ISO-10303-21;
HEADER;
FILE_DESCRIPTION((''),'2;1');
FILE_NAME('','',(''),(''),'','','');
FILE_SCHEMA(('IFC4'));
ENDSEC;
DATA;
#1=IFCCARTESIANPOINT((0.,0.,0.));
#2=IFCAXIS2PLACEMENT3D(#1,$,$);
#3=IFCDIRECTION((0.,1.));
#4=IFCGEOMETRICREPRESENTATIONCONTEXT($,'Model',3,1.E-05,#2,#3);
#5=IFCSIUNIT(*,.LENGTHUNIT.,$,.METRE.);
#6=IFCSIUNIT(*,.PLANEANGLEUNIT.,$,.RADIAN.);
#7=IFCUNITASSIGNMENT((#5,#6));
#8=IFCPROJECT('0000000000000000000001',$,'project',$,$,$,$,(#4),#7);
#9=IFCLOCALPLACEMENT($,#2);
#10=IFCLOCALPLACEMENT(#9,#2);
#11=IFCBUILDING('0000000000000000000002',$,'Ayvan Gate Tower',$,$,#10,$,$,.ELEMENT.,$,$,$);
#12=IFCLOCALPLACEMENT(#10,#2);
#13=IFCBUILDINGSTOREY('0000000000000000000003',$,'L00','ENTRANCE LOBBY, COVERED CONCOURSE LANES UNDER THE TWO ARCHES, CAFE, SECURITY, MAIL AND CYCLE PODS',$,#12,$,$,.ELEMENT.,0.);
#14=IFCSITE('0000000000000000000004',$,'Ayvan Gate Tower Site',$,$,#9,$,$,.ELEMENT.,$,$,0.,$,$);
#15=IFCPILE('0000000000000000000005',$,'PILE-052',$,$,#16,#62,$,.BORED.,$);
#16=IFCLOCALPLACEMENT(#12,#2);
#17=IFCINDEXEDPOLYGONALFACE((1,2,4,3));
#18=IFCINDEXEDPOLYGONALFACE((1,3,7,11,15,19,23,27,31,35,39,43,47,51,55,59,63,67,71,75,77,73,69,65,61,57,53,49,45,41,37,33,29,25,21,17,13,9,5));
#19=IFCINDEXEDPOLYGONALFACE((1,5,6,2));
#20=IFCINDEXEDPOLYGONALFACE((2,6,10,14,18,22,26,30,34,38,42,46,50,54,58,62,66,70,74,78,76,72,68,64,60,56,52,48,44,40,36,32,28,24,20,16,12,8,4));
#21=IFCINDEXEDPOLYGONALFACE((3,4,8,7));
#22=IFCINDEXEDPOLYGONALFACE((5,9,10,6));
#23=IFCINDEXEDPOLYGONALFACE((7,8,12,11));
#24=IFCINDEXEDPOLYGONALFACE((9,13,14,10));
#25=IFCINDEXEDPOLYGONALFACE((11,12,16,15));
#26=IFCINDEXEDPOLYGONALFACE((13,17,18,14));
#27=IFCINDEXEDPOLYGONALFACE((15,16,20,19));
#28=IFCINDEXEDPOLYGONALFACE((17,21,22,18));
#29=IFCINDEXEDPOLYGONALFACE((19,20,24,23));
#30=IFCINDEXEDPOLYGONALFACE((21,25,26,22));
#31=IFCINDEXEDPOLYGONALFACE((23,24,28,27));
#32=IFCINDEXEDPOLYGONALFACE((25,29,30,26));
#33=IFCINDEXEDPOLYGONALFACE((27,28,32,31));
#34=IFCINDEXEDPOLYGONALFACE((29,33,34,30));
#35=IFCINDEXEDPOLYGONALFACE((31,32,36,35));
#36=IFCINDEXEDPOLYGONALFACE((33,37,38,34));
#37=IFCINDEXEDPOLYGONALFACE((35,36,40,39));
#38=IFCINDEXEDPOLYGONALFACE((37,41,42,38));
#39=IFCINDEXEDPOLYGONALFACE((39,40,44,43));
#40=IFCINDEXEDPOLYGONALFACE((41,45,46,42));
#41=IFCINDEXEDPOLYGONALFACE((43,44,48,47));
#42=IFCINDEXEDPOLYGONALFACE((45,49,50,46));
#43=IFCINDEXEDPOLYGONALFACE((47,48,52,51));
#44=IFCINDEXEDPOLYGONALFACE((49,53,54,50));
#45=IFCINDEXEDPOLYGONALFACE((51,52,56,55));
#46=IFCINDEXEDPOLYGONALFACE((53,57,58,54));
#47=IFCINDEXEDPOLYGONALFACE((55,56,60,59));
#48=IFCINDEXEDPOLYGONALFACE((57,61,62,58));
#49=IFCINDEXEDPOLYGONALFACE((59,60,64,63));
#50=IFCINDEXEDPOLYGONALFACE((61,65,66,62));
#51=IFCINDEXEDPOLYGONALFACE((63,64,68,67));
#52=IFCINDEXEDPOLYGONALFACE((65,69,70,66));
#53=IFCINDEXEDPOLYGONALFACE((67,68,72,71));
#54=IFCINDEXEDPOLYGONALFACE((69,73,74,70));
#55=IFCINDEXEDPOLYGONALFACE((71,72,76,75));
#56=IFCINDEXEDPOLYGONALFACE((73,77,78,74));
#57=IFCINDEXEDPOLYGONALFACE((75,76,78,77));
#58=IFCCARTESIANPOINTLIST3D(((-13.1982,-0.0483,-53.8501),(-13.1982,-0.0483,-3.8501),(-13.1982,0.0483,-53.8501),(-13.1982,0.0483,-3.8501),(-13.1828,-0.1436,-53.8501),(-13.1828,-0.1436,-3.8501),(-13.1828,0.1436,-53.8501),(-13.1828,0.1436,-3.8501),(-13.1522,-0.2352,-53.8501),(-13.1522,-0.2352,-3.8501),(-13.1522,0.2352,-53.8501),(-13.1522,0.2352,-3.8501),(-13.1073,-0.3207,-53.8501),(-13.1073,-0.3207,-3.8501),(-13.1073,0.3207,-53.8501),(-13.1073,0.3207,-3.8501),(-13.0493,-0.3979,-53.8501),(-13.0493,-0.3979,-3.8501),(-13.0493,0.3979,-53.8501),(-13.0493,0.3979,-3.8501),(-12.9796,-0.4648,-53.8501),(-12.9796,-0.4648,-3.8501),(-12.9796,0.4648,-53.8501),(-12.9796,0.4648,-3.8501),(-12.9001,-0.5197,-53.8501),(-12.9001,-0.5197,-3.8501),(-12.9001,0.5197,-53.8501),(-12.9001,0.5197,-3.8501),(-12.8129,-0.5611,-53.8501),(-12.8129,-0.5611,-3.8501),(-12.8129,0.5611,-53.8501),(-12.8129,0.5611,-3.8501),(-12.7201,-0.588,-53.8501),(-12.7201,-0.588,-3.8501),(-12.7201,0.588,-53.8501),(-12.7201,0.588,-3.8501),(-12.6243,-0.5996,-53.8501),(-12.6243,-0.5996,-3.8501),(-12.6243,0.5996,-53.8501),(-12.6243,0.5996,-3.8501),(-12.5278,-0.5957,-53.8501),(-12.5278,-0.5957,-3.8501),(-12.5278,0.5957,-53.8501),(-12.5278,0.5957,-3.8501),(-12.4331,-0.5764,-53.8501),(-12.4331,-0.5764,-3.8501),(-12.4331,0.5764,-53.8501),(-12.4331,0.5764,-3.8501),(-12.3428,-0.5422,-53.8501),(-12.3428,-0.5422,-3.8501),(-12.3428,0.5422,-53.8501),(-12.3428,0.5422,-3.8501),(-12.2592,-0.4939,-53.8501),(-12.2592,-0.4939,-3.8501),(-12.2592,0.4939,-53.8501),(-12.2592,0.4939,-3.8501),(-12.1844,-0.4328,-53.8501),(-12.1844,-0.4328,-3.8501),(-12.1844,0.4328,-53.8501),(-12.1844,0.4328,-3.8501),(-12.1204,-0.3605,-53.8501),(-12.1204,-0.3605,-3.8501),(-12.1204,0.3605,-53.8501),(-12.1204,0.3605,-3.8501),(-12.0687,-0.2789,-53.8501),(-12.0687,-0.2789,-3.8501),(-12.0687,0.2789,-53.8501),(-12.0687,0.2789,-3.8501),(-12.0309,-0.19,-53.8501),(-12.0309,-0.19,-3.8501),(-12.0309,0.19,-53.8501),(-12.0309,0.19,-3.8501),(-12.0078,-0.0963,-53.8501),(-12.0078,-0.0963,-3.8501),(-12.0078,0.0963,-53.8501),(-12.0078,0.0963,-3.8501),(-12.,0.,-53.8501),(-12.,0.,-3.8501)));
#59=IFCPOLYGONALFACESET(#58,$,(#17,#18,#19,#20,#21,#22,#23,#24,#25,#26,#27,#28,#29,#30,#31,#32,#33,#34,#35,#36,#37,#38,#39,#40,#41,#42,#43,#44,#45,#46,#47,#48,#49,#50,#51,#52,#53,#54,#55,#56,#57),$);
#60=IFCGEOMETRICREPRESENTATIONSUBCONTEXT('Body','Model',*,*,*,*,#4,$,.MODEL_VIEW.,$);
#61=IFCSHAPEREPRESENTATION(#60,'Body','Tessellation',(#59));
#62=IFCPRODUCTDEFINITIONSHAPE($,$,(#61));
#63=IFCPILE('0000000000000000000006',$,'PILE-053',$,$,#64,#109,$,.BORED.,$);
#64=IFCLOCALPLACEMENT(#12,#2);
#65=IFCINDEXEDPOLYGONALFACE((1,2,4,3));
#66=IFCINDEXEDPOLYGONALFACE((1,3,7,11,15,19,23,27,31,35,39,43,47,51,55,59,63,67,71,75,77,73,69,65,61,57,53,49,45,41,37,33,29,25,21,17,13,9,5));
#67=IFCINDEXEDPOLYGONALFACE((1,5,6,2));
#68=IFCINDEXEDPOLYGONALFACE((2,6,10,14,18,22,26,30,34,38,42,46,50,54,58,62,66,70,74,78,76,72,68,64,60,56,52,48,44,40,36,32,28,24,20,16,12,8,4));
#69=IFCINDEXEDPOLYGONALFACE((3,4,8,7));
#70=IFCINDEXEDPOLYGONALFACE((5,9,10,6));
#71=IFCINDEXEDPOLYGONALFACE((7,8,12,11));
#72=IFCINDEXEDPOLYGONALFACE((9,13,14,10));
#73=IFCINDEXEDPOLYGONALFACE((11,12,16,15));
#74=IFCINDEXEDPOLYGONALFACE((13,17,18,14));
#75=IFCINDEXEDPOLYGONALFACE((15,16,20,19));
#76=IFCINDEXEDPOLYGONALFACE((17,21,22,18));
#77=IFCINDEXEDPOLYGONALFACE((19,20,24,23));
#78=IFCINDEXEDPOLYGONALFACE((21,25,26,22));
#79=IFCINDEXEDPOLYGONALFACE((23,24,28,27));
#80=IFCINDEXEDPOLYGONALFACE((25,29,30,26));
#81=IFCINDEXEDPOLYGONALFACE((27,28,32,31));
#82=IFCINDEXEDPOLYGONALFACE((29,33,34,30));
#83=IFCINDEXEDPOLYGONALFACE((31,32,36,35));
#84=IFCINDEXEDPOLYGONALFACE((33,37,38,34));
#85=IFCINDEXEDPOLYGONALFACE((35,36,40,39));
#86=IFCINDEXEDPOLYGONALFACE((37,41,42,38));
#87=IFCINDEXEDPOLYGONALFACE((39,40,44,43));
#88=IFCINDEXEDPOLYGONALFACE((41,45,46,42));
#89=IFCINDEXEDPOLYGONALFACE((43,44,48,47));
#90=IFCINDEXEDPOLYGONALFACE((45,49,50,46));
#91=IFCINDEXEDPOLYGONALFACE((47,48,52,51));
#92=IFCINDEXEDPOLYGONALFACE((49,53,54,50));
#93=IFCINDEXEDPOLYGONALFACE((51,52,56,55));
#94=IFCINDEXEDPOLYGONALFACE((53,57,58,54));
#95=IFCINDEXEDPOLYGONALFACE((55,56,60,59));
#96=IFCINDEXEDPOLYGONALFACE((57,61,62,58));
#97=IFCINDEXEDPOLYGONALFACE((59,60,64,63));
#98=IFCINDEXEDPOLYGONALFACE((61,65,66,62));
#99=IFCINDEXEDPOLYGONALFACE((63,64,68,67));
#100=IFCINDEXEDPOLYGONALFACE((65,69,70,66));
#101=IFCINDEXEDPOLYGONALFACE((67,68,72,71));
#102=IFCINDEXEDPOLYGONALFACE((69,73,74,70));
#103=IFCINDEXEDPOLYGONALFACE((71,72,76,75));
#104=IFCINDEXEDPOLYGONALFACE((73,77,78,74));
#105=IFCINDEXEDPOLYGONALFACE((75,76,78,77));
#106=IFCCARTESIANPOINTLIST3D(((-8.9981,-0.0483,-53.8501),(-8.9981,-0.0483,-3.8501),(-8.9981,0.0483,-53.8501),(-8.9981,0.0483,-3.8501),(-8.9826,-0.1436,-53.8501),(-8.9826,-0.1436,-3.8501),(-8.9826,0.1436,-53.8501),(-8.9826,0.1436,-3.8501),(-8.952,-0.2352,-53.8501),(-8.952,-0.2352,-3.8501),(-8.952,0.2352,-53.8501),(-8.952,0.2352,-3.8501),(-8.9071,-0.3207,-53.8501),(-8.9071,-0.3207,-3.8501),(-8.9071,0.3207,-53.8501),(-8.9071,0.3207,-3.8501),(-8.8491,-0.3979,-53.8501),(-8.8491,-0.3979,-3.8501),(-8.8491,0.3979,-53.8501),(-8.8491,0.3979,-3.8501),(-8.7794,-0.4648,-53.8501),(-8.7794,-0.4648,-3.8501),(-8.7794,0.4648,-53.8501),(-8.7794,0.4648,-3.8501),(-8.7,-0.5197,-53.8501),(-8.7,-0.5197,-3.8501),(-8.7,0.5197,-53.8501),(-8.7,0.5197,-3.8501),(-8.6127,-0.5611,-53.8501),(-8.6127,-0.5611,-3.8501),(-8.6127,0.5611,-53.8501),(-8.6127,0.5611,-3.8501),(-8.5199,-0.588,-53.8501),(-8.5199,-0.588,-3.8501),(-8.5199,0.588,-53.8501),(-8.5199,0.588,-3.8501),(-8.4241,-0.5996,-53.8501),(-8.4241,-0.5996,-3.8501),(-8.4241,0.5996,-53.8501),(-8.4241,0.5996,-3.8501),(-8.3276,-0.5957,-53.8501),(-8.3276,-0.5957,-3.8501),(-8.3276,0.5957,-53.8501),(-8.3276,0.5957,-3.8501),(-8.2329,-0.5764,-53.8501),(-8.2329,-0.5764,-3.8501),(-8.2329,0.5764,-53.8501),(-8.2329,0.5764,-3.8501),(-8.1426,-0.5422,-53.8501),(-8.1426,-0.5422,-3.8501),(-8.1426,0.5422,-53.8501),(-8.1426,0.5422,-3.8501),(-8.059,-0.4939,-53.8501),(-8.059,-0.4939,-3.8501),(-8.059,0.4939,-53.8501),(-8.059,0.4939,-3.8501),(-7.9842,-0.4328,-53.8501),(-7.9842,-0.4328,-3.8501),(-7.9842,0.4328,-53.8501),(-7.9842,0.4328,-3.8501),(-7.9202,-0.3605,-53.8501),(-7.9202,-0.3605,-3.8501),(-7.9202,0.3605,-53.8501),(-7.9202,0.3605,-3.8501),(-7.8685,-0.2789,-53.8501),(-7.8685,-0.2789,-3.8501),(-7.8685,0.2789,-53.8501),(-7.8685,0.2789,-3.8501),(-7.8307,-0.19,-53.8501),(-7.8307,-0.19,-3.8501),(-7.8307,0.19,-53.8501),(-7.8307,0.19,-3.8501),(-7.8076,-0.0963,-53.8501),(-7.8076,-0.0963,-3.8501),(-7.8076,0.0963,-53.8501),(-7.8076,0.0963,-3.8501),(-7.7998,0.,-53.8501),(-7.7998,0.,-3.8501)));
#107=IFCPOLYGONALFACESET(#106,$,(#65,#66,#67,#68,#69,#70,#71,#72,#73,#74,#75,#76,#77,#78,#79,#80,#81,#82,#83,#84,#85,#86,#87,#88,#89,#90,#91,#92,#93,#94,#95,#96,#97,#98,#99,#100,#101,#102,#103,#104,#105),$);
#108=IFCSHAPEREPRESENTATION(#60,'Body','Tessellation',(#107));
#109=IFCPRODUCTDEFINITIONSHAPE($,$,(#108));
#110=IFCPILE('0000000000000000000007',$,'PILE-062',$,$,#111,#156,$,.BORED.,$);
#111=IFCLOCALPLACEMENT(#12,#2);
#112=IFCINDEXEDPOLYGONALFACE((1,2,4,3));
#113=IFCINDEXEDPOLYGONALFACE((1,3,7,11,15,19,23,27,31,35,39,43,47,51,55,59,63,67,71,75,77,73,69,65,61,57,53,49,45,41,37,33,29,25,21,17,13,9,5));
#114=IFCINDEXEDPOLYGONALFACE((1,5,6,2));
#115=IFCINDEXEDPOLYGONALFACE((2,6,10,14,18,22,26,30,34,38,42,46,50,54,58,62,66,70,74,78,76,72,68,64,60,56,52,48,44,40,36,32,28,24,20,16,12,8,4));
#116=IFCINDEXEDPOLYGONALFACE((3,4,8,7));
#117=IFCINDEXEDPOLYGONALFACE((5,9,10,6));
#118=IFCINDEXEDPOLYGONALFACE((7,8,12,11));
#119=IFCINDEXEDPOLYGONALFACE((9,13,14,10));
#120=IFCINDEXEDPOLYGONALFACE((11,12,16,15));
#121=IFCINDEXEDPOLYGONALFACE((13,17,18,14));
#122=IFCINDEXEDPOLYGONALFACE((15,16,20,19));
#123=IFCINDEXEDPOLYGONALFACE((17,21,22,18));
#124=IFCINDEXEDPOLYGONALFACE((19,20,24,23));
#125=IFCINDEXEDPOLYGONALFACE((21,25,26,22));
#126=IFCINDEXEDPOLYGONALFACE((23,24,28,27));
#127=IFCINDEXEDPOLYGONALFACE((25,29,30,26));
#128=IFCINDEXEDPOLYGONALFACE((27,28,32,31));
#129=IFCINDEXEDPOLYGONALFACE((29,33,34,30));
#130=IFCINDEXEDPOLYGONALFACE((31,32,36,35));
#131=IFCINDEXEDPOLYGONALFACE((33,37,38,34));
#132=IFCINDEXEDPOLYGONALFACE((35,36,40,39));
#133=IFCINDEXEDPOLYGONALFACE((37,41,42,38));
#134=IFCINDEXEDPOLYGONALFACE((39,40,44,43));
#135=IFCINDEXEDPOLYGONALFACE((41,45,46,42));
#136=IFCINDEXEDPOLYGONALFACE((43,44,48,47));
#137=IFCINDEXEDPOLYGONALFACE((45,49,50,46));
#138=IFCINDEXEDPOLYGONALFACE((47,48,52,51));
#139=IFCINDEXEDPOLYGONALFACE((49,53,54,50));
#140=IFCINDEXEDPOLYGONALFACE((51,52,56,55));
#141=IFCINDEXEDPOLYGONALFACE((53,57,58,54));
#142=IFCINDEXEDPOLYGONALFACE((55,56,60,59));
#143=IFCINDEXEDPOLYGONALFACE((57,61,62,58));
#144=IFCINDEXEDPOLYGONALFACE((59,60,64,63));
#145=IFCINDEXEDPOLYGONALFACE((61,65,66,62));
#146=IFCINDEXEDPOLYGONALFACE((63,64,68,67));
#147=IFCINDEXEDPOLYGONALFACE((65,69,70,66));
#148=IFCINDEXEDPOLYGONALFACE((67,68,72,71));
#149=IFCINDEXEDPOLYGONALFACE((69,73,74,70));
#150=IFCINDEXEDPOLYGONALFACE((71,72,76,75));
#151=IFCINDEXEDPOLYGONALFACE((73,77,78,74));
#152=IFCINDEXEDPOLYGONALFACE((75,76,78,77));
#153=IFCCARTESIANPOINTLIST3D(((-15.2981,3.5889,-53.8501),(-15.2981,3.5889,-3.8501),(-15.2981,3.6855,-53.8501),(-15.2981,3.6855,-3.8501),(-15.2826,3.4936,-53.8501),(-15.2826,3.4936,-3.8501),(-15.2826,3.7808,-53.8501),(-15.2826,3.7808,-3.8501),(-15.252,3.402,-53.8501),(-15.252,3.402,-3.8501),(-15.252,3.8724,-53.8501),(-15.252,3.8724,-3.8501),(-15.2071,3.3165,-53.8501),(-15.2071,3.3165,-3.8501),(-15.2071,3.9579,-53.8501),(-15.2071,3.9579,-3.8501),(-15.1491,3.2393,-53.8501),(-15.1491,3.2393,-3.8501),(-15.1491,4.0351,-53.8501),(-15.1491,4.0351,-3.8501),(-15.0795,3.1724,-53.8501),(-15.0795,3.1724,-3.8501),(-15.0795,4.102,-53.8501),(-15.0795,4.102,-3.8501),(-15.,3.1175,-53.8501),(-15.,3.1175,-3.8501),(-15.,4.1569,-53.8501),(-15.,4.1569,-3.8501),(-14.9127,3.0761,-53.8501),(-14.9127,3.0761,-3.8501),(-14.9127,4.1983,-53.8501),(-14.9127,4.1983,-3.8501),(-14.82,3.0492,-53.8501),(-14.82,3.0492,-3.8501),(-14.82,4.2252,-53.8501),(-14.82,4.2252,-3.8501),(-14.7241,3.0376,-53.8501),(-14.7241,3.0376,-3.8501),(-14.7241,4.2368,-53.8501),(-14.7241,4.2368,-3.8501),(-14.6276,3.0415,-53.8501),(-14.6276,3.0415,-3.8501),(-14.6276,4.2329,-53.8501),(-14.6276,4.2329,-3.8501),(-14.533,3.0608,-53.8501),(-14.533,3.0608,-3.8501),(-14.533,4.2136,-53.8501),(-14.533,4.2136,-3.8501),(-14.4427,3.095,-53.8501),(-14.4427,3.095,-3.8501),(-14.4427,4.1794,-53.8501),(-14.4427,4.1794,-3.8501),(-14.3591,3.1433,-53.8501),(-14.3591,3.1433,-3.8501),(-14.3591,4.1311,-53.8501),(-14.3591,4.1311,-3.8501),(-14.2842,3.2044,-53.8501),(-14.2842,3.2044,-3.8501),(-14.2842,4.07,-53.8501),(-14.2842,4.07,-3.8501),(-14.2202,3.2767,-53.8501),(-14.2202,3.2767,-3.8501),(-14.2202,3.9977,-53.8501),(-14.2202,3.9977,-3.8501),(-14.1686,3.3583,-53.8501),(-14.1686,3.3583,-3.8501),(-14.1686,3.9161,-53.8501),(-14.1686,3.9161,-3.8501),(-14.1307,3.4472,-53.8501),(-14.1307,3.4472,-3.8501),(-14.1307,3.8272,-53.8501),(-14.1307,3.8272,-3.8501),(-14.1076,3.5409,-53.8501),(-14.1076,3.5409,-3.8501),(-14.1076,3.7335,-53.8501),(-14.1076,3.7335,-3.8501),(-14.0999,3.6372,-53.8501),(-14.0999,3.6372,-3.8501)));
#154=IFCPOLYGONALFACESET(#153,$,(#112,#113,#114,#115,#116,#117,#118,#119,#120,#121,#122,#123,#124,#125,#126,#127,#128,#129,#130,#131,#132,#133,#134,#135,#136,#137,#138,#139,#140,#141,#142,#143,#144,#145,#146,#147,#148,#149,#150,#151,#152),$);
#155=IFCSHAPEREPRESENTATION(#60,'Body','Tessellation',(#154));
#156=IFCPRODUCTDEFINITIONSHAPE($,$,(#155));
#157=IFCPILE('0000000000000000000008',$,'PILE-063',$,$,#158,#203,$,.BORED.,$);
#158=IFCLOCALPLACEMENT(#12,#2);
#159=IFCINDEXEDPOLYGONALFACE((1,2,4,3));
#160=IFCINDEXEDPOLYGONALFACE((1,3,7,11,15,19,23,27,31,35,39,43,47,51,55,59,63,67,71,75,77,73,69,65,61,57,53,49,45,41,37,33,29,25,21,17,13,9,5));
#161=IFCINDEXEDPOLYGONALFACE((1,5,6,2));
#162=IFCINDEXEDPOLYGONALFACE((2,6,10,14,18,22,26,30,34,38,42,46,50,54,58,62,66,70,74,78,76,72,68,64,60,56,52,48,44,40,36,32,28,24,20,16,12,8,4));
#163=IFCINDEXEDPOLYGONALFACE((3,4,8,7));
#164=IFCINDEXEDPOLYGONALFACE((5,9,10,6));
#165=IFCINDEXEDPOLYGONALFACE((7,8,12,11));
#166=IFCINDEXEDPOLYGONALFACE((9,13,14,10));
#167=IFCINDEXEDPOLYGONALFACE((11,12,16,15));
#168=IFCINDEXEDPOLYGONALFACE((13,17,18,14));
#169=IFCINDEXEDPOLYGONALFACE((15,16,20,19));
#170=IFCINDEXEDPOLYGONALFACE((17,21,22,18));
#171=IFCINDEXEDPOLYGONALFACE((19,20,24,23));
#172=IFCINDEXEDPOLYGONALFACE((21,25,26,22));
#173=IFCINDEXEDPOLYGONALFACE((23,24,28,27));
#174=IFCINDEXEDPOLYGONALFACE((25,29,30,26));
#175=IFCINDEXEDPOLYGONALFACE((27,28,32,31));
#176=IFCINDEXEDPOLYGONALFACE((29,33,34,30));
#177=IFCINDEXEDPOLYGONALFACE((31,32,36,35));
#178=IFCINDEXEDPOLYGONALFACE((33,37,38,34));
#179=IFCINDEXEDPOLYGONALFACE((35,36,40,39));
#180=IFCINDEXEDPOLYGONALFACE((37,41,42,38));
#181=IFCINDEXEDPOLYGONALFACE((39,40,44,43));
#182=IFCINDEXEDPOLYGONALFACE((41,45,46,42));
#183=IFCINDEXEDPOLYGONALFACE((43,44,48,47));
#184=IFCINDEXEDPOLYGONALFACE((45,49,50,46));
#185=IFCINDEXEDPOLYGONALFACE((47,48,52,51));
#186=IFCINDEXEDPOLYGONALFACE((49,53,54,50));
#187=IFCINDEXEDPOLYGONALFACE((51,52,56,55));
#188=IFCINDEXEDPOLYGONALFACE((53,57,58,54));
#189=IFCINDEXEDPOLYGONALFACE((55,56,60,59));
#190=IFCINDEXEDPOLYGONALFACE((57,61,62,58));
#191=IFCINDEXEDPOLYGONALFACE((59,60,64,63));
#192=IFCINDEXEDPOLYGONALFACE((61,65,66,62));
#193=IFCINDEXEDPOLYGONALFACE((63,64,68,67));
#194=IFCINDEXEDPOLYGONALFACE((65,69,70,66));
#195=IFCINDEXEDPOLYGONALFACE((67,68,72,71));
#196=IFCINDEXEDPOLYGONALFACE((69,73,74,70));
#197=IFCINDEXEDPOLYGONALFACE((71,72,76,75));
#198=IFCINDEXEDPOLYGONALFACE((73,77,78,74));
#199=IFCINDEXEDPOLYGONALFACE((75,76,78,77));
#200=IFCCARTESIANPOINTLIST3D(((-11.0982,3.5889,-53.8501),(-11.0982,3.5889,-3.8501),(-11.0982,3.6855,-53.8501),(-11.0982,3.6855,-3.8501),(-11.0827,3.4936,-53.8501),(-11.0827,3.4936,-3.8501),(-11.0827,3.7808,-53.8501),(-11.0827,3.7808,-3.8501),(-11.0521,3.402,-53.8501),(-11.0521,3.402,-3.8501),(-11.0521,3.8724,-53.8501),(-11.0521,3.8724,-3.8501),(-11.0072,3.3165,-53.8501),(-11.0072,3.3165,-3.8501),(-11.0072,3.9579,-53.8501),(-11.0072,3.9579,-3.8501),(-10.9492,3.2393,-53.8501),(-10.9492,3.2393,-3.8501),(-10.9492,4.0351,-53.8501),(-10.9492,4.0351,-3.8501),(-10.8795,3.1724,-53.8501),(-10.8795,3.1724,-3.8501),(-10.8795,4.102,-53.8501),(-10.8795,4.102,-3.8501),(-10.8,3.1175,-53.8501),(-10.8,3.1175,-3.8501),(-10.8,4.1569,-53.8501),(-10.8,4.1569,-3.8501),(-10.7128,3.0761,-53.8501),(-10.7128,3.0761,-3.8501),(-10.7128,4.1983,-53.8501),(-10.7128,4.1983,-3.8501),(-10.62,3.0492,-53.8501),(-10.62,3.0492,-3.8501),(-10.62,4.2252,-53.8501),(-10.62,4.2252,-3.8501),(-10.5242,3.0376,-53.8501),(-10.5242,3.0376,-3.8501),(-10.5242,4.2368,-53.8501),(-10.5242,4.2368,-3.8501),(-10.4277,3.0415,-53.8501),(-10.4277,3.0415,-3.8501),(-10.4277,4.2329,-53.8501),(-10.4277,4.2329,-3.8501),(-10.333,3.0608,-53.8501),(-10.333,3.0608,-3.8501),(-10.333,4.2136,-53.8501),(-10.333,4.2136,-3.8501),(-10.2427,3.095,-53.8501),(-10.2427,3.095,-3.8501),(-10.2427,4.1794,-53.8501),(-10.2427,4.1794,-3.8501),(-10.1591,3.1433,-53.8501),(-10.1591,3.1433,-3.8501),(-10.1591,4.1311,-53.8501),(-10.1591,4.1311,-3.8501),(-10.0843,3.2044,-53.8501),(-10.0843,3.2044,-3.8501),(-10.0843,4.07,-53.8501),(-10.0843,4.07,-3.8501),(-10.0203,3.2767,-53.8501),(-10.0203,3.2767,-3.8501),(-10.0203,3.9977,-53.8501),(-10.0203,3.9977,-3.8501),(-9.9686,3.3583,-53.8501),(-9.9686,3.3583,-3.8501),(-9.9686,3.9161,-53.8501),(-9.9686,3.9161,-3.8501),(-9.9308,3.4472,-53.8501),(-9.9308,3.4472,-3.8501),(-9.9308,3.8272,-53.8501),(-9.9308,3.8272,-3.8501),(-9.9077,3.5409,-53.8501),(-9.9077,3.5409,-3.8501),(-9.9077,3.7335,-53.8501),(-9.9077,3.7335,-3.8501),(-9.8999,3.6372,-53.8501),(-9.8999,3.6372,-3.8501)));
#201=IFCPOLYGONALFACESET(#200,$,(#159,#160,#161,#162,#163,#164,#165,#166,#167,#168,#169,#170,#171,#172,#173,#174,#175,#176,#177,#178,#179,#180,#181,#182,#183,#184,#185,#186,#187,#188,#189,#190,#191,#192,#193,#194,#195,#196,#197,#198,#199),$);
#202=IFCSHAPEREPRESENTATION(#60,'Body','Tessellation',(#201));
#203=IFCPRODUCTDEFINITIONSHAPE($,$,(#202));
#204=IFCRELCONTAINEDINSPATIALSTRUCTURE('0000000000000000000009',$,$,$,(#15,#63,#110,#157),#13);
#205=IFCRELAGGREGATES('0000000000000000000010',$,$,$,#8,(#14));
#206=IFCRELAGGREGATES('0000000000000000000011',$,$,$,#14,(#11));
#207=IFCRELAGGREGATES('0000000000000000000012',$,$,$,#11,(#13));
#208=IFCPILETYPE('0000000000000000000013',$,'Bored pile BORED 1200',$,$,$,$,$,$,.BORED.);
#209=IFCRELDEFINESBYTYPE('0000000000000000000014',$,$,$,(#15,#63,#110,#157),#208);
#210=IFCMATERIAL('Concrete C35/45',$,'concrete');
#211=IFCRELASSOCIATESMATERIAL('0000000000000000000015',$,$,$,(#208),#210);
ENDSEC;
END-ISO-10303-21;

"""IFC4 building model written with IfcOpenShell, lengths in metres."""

from ifc_helpers import new_model, si_unit, direction, frame, origin, origin_2d, place, context, subcontext, project, spatial, circle, extrude, material, material_profile, profile_set, type_object, element, save


model = new_model("IFC4")

# Units and contexts
model_context = context("Model", 3, precision=1e-05, world=origin(), true_north=direction((0.0, 1.0)))
body_context = subcontext(model_context, "Body", "Model", "MODEL_VIEW")
ifc_project = project(units=[si_unit("LENGTHUNIT", "METRE"), si_unit("PLANEANGLEUNIT", "RADIAN")], contexts=[model_context])

# Site, building, storey
site_placement = place(None, origin())
site = spatial("IfcSite", under=ifc_project, at=site_placement, Name="Ayvan Gate Tower Site", CompositionType="ELEMENT", RefElevation=0.0)
building_placement = place(site_placement, origin())
building = spatial("IfcBuilding", under=site, at=building_placement, Name="Ayvan Gate Tower", CompositionType="ELEMENT")
storey_placement = place(building_placement, origin())
storey = spatial("IfcBuildingStorey", under=building, at=storey_placement, Name="L00", Description="ENTRANCE LOBBY, COVERED CONCOURSE LANES UNDER THE TWO ARCHES, CAFE, SECURITY, MAIL AND CYCLE PODS", CompositionType="ELEMENT", Elevation=0.0)

# Piles
ifc_material_1 = material(Name="Concrete C35/45", Category="concrete")
ifc_material_profile_1 = material_profile(ifc_material_1, circle(Radius=0.6001, at=origin_2d()), Name="BORED 1200")
ifc_profile_set_1 = profile_set([ifc_material_profile_1], Name="Concrete C35/45")
pile_type = type_object("IfcPileType", Name="Bored pile BORED 1200", PredefinedType="BORED", material=ifc_profile_set_1)
for number, where, z_axis, x_axis, name in (
    (1, (-12.6001, 0.0, -3.8501), (0.0, 0.0, -1.0), (1.0, 0.0, 0.0), "PILE-052"),
    (2, (-8.3999, 0.0, -3.8501), (0.0, 0.0, -1.0), (1.0, 0.0, 0.0), "PILE-053"),
    (3, (-14.7, 3.6372, -3.8501), (0.0, 0.0, -1.0), (1.0, 0.0, 0.0), "PILE-062"),
    (4, (-10.5, 3.6372, -3.8501), (0.0, 0.0, -1.0), (1.0, 0.0, 0.0), "PILE-063"),
):
    element("IfcPile", number, at=place(storey_placement, frame(where, z_axis=z_axis, x_axis=x_axis)), inside=storey, type_object=pile_type, Name=name, PredefinedType="BORED", context=body_context, shape_type="SweptSolid", body=[
        extrude(circle(Radius=0.6001, at=origin_2d()), origin(), (0.0, 0.0, 1.0), 50.0),
    ])

save(model, "model.ifc")
